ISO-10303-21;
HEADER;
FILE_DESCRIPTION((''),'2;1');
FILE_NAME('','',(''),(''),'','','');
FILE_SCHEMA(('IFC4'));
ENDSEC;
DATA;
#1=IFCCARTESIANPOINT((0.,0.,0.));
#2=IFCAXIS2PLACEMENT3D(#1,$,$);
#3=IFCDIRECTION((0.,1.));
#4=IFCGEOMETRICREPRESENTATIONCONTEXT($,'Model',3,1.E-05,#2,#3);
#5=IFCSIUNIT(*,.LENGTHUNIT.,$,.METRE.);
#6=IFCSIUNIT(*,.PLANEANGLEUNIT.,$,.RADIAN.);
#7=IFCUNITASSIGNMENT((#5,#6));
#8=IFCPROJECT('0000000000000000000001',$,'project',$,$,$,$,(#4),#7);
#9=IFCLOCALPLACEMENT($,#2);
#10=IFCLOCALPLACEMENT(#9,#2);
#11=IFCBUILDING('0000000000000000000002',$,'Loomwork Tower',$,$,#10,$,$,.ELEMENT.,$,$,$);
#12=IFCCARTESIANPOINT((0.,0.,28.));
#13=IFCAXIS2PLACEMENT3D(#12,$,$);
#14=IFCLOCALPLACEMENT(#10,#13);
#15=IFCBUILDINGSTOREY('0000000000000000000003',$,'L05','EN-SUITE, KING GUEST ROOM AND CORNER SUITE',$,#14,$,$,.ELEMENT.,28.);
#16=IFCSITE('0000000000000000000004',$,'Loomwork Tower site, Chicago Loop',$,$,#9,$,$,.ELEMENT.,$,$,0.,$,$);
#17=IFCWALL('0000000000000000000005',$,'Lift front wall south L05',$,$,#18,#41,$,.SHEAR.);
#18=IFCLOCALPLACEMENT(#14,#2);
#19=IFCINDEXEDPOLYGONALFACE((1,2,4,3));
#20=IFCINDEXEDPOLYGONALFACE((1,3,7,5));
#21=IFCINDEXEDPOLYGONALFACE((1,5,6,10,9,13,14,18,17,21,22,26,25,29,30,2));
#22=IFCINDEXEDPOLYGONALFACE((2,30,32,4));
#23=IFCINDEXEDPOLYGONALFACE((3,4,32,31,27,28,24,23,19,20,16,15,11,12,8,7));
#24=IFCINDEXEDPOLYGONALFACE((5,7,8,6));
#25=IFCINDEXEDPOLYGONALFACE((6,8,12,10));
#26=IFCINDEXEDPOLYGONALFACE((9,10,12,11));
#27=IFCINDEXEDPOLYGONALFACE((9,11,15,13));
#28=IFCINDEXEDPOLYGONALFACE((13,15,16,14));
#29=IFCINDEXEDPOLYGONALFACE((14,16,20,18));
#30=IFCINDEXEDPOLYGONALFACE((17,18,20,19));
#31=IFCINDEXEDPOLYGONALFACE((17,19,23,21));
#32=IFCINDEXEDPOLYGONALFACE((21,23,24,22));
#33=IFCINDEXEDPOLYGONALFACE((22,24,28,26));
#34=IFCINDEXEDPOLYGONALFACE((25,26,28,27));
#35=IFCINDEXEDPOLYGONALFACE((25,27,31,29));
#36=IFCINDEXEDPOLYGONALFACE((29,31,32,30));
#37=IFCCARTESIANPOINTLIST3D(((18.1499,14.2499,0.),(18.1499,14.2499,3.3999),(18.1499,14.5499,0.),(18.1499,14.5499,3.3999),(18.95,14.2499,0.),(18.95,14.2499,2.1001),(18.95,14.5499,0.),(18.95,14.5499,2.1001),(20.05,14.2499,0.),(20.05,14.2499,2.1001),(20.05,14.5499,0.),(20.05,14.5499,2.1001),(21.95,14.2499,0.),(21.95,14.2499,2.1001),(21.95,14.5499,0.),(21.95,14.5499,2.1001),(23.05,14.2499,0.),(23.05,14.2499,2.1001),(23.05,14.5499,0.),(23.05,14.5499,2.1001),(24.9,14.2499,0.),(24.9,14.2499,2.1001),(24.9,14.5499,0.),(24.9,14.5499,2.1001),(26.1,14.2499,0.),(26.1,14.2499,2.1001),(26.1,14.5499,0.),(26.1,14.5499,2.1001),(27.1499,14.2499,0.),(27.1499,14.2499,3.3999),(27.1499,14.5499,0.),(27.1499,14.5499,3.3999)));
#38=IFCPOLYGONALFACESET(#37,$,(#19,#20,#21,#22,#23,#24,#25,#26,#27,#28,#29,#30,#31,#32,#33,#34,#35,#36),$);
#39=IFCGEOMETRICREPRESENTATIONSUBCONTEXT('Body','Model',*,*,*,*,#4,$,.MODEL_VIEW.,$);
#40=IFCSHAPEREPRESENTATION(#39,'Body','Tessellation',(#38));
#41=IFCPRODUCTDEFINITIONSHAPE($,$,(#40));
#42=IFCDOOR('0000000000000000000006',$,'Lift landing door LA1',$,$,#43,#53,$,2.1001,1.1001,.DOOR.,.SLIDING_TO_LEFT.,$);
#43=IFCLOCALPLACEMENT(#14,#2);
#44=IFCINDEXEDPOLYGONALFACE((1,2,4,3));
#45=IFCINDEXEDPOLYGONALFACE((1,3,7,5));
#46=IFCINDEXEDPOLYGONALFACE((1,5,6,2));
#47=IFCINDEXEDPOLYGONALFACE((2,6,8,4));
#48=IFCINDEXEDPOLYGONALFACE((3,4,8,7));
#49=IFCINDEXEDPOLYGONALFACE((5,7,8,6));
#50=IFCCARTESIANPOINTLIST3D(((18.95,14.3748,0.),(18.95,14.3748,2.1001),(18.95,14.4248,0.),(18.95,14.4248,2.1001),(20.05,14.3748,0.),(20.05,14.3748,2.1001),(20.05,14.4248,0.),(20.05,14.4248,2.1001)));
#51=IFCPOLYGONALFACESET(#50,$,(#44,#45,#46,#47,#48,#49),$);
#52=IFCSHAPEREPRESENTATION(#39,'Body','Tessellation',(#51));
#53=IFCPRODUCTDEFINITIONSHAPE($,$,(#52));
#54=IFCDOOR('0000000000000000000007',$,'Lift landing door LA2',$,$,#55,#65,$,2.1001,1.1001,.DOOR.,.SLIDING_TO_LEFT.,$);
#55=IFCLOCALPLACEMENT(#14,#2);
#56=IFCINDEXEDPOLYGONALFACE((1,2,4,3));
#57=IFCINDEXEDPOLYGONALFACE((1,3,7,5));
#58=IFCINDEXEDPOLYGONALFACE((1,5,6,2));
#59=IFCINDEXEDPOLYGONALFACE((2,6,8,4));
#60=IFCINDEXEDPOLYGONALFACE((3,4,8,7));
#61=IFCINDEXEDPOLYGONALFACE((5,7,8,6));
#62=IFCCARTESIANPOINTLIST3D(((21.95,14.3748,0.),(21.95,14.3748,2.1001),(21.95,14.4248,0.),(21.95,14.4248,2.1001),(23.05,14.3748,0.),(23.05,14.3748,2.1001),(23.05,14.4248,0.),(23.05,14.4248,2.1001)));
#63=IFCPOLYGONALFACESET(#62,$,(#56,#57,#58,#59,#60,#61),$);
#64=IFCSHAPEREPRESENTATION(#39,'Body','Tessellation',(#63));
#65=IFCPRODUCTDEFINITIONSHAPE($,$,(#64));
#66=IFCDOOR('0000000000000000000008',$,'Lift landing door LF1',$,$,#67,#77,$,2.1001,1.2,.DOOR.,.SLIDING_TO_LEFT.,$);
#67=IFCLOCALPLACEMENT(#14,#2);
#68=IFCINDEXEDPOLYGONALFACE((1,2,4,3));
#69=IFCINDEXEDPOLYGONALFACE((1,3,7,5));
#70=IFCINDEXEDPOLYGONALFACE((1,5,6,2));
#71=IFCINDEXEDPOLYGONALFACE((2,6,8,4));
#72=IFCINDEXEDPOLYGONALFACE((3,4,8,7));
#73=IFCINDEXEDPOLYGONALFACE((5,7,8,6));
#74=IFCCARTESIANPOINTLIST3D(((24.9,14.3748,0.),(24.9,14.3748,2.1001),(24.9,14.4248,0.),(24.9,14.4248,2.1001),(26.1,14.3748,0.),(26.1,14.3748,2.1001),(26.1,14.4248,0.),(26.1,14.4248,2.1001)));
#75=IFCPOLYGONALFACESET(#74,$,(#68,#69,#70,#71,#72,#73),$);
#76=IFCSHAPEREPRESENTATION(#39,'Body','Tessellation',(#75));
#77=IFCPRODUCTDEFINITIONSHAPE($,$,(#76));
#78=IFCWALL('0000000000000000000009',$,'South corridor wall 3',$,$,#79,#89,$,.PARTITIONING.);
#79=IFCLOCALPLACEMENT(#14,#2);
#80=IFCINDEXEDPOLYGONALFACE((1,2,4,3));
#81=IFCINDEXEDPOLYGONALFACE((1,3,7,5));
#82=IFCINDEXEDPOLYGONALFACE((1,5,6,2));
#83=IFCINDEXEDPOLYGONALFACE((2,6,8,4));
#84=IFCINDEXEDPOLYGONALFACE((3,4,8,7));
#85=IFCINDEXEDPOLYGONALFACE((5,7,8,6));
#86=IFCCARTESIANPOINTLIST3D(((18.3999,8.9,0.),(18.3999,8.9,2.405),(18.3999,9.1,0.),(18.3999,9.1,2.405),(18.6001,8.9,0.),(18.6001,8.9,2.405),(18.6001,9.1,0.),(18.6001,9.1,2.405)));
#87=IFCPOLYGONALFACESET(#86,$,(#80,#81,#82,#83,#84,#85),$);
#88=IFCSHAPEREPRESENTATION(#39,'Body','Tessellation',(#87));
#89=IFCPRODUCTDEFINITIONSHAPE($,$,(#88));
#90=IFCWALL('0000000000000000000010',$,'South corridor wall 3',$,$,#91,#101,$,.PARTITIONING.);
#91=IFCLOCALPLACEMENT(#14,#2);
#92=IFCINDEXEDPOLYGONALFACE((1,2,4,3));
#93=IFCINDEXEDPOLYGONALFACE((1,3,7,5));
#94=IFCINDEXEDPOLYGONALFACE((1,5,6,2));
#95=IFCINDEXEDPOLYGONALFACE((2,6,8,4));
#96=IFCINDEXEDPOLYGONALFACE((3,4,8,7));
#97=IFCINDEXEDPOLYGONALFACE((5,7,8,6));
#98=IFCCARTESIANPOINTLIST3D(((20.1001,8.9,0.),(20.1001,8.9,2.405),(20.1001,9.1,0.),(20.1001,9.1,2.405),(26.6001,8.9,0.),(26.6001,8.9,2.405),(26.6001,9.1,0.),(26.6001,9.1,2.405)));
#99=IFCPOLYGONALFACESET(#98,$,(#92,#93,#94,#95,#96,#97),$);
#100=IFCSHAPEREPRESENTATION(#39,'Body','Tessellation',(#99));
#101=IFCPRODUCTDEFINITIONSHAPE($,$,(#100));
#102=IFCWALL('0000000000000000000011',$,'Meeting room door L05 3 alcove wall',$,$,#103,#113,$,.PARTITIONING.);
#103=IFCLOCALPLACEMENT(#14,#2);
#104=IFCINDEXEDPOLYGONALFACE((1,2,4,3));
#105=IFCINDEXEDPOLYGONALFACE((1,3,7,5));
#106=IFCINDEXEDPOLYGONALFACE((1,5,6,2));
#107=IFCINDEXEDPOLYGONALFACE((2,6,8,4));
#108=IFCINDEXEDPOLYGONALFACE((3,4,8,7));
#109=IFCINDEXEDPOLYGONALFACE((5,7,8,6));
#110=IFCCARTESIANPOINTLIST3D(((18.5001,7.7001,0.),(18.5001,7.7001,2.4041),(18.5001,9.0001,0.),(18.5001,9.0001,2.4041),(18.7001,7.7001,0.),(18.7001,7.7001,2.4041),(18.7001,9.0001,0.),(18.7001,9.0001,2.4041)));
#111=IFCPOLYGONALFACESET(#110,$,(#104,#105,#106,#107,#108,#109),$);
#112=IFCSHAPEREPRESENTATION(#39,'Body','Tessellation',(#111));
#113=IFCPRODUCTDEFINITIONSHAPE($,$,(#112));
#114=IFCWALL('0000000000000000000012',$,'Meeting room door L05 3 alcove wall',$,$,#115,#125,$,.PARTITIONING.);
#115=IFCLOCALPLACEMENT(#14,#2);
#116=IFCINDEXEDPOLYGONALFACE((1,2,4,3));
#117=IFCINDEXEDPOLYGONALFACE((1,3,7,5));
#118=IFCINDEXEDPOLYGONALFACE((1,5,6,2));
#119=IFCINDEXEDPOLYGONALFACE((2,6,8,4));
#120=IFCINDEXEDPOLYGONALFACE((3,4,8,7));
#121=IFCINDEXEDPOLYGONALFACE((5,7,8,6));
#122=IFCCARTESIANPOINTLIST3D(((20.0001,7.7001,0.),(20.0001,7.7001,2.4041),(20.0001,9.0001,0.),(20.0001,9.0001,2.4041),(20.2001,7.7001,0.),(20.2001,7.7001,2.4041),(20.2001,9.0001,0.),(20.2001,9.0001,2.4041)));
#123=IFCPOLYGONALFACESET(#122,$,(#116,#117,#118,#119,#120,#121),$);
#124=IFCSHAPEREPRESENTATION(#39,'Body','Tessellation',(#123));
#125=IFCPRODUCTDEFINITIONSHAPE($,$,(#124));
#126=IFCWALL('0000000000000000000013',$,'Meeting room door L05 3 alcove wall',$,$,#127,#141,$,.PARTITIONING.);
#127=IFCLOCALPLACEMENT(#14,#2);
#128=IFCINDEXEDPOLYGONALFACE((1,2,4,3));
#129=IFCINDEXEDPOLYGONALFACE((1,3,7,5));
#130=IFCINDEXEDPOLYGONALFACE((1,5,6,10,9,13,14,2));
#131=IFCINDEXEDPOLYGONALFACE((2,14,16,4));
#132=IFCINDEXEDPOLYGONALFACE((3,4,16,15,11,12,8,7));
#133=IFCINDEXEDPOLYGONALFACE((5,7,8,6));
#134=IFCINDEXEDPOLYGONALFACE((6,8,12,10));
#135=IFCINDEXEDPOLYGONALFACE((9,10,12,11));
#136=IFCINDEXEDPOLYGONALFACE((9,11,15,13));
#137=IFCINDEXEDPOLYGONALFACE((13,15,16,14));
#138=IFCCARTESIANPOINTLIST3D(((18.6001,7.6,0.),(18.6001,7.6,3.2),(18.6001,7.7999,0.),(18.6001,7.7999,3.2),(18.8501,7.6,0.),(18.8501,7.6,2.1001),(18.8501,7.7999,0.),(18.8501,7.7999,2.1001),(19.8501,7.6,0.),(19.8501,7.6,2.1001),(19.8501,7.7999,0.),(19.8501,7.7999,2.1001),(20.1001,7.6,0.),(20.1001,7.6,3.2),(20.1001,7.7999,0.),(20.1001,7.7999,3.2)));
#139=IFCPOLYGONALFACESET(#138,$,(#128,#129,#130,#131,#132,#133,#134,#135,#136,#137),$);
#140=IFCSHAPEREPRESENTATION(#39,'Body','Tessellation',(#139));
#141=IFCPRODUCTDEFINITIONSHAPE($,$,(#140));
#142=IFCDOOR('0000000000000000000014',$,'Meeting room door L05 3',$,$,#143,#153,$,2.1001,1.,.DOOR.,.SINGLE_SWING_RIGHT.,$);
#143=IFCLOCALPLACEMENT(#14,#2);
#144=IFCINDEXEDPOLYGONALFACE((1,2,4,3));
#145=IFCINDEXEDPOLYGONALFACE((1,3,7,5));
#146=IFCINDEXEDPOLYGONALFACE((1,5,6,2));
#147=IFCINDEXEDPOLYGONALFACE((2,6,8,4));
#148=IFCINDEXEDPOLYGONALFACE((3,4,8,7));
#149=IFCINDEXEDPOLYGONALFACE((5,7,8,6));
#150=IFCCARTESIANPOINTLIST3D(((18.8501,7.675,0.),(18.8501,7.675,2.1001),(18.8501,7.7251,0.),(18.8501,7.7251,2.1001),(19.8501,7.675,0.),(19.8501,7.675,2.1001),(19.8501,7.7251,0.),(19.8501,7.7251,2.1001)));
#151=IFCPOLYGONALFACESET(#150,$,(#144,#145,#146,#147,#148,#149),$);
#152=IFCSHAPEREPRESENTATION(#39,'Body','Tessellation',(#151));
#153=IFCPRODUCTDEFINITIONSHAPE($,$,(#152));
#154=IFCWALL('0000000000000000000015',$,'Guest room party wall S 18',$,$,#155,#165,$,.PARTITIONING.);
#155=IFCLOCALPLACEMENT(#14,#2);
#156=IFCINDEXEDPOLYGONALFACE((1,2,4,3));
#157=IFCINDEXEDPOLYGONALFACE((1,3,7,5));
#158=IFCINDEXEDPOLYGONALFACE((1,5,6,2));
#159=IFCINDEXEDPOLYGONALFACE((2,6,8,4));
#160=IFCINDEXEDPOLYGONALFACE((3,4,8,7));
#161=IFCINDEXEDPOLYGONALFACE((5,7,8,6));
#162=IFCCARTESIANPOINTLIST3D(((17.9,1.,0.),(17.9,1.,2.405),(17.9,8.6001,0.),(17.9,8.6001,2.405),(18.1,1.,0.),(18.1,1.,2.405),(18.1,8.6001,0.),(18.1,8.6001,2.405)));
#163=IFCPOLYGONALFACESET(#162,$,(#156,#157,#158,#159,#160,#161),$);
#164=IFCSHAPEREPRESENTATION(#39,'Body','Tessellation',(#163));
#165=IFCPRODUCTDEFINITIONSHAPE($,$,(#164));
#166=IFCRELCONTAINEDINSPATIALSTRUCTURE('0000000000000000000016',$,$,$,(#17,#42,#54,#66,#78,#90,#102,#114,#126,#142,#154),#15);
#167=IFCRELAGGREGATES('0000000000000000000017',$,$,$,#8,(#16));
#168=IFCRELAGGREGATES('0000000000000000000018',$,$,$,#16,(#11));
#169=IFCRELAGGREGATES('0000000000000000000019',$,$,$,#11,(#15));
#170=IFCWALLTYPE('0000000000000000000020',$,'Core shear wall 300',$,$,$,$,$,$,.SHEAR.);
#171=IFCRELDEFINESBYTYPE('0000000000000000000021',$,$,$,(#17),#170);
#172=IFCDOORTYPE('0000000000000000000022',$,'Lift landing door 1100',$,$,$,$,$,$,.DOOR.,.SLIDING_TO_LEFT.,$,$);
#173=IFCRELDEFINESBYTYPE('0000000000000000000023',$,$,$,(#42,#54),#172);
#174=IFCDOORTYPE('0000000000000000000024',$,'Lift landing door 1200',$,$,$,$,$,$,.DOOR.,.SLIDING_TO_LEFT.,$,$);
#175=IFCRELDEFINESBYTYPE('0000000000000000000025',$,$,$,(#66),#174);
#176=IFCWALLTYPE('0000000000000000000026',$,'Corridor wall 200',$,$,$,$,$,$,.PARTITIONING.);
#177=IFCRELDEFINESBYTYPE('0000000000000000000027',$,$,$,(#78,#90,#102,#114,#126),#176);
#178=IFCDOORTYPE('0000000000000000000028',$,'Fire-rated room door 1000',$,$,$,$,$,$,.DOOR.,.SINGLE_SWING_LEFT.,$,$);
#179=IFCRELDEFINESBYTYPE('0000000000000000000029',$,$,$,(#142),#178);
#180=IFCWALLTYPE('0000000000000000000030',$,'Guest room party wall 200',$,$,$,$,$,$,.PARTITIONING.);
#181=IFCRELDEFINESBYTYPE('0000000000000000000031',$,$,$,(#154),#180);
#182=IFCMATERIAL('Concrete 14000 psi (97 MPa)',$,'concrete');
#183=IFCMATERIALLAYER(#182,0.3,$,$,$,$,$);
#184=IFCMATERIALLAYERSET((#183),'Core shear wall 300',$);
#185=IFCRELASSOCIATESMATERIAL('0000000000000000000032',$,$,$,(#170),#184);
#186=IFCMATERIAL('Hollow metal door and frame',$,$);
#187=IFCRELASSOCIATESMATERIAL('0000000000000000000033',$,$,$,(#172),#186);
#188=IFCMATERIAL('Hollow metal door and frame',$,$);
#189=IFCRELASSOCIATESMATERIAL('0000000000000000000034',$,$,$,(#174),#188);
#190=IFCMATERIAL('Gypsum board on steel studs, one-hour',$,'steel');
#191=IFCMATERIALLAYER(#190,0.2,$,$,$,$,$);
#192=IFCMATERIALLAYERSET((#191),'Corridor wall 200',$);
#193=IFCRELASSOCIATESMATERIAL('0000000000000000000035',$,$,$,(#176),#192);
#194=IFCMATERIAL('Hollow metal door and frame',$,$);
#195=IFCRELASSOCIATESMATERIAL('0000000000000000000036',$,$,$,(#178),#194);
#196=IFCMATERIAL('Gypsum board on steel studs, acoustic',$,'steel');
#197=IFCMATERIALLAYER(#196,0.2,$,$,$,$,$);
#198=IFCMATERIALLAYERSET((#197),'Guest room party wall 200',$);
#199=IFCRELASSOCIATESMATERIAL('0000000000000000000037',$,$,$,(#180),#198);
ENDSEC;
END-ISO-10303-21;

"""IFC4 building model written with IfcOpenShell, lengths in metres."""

from ifc_helpers import new_model, si_unit, direction, frame, frame_2d, origin, place, context, subcontext, project, spatial, rectangle, extrude, material, layer, layer_set, type_object, element, fill, save


model = new_model("IFC4")

# Units and contexts
model_context = context("Model", 3, precision=1e-05, world=origin(), true_north=direction((0.0, 1.0)))
body_context = subcontext(model_context, "Body", "Model", "MODEL_VIEW")
ifc_project = project(units=[si_unit("LENGTHUNIT", "METRE"), si_unit("PLANEANGLEUNIT", "RADIAN")], contexts=[model_context])

# Site, building, storey
site_placement = place(None, origin())
site = spatial("IfcSite", under=ifc_project, at=site_placement, Name="Loomwork Tower site, Chicago Loop", CompositionType="ELEMENT", RefElevation=0.0)
building_placement = place(site_placement, origin())
building = spatial("IfcBuilding", under=site, at=building_placement, Name="Loomwork Tower", CompositionType="ELEMENT")
storey_placement = place(building_placement, frame((0.0, 0.0, 28.0)))
storey = spatial("IfcBuildingStorey", under=building, at=storey_placement, Name="L05", Description="EN-SUITE, KING GUEST ROOM AND CORNER SUITE", CompositionType="ELEMENT", Elevation=28.0)

# Wall, openings, doors
ifc_material_1 = material(Name="Concrete 14000 psi (97 MPa)", Category="concrete")
ifc_layer_1 = layer(ifc_material_1, 0.3)
ifc_layer_set_1 = layer_set([ifc_layer_1], Name="Core shear wall 300")
wall_type_1 = type_object("IfcWallType", Name="Core shear wall 300", PredefinedType="SHEAR", material=ifc_layer_set_1)
wall_1_placement = place(storey_placement, frame((18.1499, 14.3999, 0.0), z_axis=(0.0, 0.0, 1.0), x_axis=(1.0, 0.0, 0.0)))
wall_1 = element("IfcWall", 1, at=wall_1_placement, inside=storey, type_object=wall_type_1, Name="Lift front wall south L05", PredefinedType="SHEAR", context=body_context, shape_type="SweptSolid", body=[
    extrude(rectangle(XDim=9.0, YDim=0.3, at=frame_2d((4.5, 0.0))), origin(), (0.0, 0.0, 1.0), 3.3999),
])
opening_1_placement = place(wall_1_placement, frame((0.8, 0.0, 0.0)))
opening_1 = element("IfcOpeningElement", 2, at=opening_1_placement, cuts=wall_1, PredefinedType="OPENING", context=body_context, shape_type="SweptSolid", body=[
    extrude(rectangle(XDim=1.1001, YDim=2.1001, at=frame_2d((0.55, 1.05))), frame((0.0, 0.1599, 0.0), z_axis=(0.0, -1.0, 0.0), x_axis=(1.0, 0.0, 0.0)), (0.0, 0.0, 1.0), 0.3201),
])
opening_2_placement = place(wall_1_placement, frame((3.8, 0.0, 0.0)))
opening_2 = element("IfcOpeningElement", 3, at=opening_2_placement, cuts=wall_1, PredefinedType="OPENING", context=body_context, shape_type="SweptSolid", body=[
    extrude(rectangle(XDim=1.1001, YDim=2.1001, at=frame_2d((0.55, 1.05))), frame((0.0, 0.1599, 0.0), z_axis=(0.0, -1.0, 0.0), x_axis=(1.0, 0.0, 0.0)), (0.0, 0.0, 1.0), 0.3201),
])
opening_3_placement = place(wall_1_placement, frame((6.75, 0.0, 0.0)))
opening_3 = element("IfcOpeningElement", 4, at=opening_3_placement, cuts=wall_1, PredefinedType="OPENING", context=body_context, shape_type="SweptSolid", body=[
    extrude(rectangle(XDim=1.2, YDim=2.1001, at=frame_2d((0.6001, 1.05))), frame((0.0, 0.1599, 0.0), z_axis=(0.0, -1.0, 0.0), x_axis=(1.0, 0.0, 0.0)), (0.0, 0.0, 1.0), 0.3201),
])
ifc_material_2 = material(Name="Hollow metal door and frame")
door_type_1 = type_object("IfcDoorType", Name="Lift landing door 1100", OperationType="SLIDING_TO_LEFT", PredefinedType="DOOR", material=ifc_material_2)
door_1_placement = place(opening_1_placement, origin())
door_1 = element("IfcDoor", 5, at=door_1_placement, inside=storey, type_object=door_type_1, Name="Lift landing door LA1", OperationType="SLIDING_TO_LEFT", OverallHeight=2.1001, OverallWidth=1.1001, PredefinedType="DOOR", context=body_context, shape_type="SweptSolid", body=[
    extrude(rectangle(XDim=1.1001, YDim=2.1001, at=frame_2d((0.55, 1.05))), frame((0.0, 0.0249, 0.0), z_axis=(0.0, -1.0, 0.0), x_axis=(1.0, 0.0, 0.0)), (0.0, 0.0, 1.0), 0.05),
])
fill(opening_1, door_1)
door_2_placement = place(opening_2_placement, origin())
door_2 = element("IfcDoor", 6, at=door_2_placement, inside=storey, type_object=door_type_1, Name="Lift landing door LA2", OperationType="SLIDING_TO_LEFT", OverallHeight=2.1001, OverallWidth=1.1001, PredefinedType="DOOR", context=body_context, shape_type="SweptSolid", body=[
    extrude(rectangle(XDim=1.1001, YDim=2.1001, at=frame_2d((0.55, 1.05))), frame((0.0, 0.0249, 0.0), z_axis=(0.0, -1.0, 0.0), x_axis=(1.0, 0.0, 0.0)), (0.0, 0.0, 1.0), 0.05),
])
fill(opening_2, door_2)
ifc_material_3 = material(Name="Hollow metal door and frame")
door_type_2 = type_object("IfcDoorType", Name="Lift landing door 1200", OperationType="SLIDING_TO_LEFT", PredefinedType="DOOR", material=ifc_material_3)
door_3_placement = place(opening_3_placement, origin())
door_3 = element("IfcDoor", 7, at=door_3_placement, inside=storey, type_object=door_type_2, Name="Lift landing door LF1", OperationType="SLIDING_TO_LEFT", OverallHeight=2.1001, OverallWidth=1.2, PredefinedType="DOOR", context=body_context, shape_type="SweptSolid", body=[
    extrude(rectangle(XDim=1.2, YDim=2.1001, at=frame_2d((0.6001, 1.05))), frame((0.0, 0.0249, 0.0), z_axis=(0.0, -1.0, 0.0), x_axis=(1.0, 0.0, 0.0)), (0.0, 0.0, 1.0), 0.05),
])
fill(opening_3, door_3)

# Walls
ifc_material_4 = material(Name="Gypsum board on steel studs, one-hour", Category="steel")
ifc_layer_2 = layer(ifc_material_4, 0.2)
ifc_layer_set_2 = layer_set([ifc_layer_2], Name="Corridor wall 200")
wall_type_2 = type_object("IfcWallType", Name="Corridor wall 200", PredefinedType="PARTITIONING", material=ifc_layer_set_2)
wall_2_placement = place(storey_placement, frame((18.3999, 9.0, 0.0), z_axis=(0.0, 0.0, 1.0), x_axis=(1.0, 0.0, 0.0)))
element("IfcWall", 8, at=wall_2_placement, inside=storey, type_object=wall_type_2, Name="South corridor wall 3", PredefinedType="PARTITIONING", context=body_context, shape_type="SweptSolid", body=[
    extrude(rectangle(XDim=0.2002, YDim=0.2, at=frame_2d((0.1001, 0.0))), origin(), (0.0, 0.0, 1.0), 2.405),
])
wall_3_placement = place(storey_placement, frame((20.1001, 9.0, 0.0), z_axis=(0.0, 0.0, 1.0), x_axis=(1.0, 0.0, 0.0)))
element("IfcWall", 9, at=wall_3_placement, inside=storey, type_object=wall_type_2, Name="South corridor wall 3", PredefinedType="PARTITIONING", context=body_context, shape_type="SweptSolid", body=[
    extrude(rectangle(XDim=6.5, YDim=0.2, at=frame_2d((3.25, 0.0))), origin(), (0.0, 0.0, 1.0), 2.405),
])
for number, where, z_axis, x_axis, name in (
    (10, (18.6001, 9.0, 0.0), (0.0, 0.0, 1.0), (0.0, -1.0, 0.0), "Meeting room door L05 3 alcove wall"),
    (11, (20.1001, 9.0, 0.0), (0.0, 0.0, 1.0), (0.0, -1.0, 0.0), "Meeting room door L05 3 alcove wall"),
):
    element("IfcWall", number, at=place(storey_placement, frame(where, z_axis=z_axis, x_axis=x_axis)), inside=storey, type_object=wall_type_2, Name=name, PredefinedType="PARTITIONING", context=body_context, shape_type="SweptSolid", body=[
        extrude(rectangle(XDim=1.3, YDim=0.2, at=frame_2d((0.6499, 0.0))), origin(), (0.0, 0.0, 1.0), 2.4041),
    ])

# Wall, opening, door
wall_4_placement = place(storey_placement, frame((18.6001, 7.7, 0.0), z_axis=(0.0, 0.0, 1.0), x_axis=(1.0, 0.0, 0.0)))
wall_4 = element("IfcWall", 12, at=wall_4_placement, inside=storey, type_object=wall_type_2, Name="Meeting room door L05 3 alcove wall", PredefinedType="PARTITIONING", context=body_context, shape_type="SweptSolid", body=[
    extrude(rectangle(XDim=1.5, YDim=0.2, at=frame_2d((0.75, 0.0))), origin(), (0.0, 0.0, 1.0), 3.2),
])
opening_4_placement = place(wall_4_placement, frame((0.25, 0.0, 0.0)))
opening_4 = element("IfcOpeningElement", 13, at=opening_4_placement, cuts=wall_4, PredefinedType="OPENING", context=body_context, shape_type="SweptSolid", body=[
    extrude(rectangle(XDim=1.0, YDim=2.1001, at=frame_2d((0.5, 1.05))), frame((0.0, 0.1099, 0.0), z_axis=(0.0, -1.0, 0.0), x_axis=(1.0, 0.0, 0.0)), (0.0, 0.0, 1.0), 0.22),
])
ifc_material_5 = material(Name="Hollow metal door and frame")
door_type_3 = type_object("IfcDoorType", Name="Fire-rated room door 1000", OperationType="SINGLE_SWING_LEFT", PredefinedType="DOOR", material=ifc_material_5)
door_4_placement = place(opening_4_placement, frame((1.0, 0.0, 0.0), z_axis=(0.0, 0.0, 1.0), x_axis=(-1.0, 0.0, 0.0)))
door_4 = element("IfcDoor", 14, at=door_4_placement, inside=storey, type_object=door_type_3, Name="Meeting room door L05 3", OperationType="SINGLE_SWING_RIGHT", OverallHeight=2.1001, OverallWidth=1.0, PredefinedType="DOOR", context=body_context, shape_type="SweptSolid", body=[
    extrude(rectangle(XDim=1.0, YDim=2.1001, at=frame_2d((0.5, 1.05))), frame((0.0, 0.0249, 0.0), z_axis=(0.0, -1.0, 0.0), x_axis=(1.0, 0.0, 0.0)), (0.0, 0.0, 1.0), 0.05),
])
fill(opening_4, door_4)

# Wall
ifc_material_6 = material(Name="Gypsum board on steel studs, acoustic", Category="steel")
ifc_layer_3 = layer(ifc_material_6, 0.2)
ifc_layer_set_3 = layer_set([ifc_layer_3], Name="Guest room party wall 200")
wall_type_3 = type_object("IfcWallType", Name="Guest room party wall 200", PredefinedType="PARTITIONING", material=ifc_layer_set_3)
wall_5_placement = place(storey_placement, frame((18.0, 8.6001, 0.0), z_axis=(0.0, 0.0, 1.0), x_axis=(0.0, -1.0, 0.0)))
element("IfcWall", 15, at=wall_5_placement, inside=storey, type_object=wall_type_3, Name="Guest room party wall S 18", PredefinedType="PARTITIONING", context=body_context, shape_type="SweptSolid", body=[
    extrude(rectangle(XDim=7.6001, YDim=0.2, at=frame_2d((3.8, 0.0))), origin(), (0.0, 0.0, 1.0), 2.405),
])

save(model, "model.ifc")
